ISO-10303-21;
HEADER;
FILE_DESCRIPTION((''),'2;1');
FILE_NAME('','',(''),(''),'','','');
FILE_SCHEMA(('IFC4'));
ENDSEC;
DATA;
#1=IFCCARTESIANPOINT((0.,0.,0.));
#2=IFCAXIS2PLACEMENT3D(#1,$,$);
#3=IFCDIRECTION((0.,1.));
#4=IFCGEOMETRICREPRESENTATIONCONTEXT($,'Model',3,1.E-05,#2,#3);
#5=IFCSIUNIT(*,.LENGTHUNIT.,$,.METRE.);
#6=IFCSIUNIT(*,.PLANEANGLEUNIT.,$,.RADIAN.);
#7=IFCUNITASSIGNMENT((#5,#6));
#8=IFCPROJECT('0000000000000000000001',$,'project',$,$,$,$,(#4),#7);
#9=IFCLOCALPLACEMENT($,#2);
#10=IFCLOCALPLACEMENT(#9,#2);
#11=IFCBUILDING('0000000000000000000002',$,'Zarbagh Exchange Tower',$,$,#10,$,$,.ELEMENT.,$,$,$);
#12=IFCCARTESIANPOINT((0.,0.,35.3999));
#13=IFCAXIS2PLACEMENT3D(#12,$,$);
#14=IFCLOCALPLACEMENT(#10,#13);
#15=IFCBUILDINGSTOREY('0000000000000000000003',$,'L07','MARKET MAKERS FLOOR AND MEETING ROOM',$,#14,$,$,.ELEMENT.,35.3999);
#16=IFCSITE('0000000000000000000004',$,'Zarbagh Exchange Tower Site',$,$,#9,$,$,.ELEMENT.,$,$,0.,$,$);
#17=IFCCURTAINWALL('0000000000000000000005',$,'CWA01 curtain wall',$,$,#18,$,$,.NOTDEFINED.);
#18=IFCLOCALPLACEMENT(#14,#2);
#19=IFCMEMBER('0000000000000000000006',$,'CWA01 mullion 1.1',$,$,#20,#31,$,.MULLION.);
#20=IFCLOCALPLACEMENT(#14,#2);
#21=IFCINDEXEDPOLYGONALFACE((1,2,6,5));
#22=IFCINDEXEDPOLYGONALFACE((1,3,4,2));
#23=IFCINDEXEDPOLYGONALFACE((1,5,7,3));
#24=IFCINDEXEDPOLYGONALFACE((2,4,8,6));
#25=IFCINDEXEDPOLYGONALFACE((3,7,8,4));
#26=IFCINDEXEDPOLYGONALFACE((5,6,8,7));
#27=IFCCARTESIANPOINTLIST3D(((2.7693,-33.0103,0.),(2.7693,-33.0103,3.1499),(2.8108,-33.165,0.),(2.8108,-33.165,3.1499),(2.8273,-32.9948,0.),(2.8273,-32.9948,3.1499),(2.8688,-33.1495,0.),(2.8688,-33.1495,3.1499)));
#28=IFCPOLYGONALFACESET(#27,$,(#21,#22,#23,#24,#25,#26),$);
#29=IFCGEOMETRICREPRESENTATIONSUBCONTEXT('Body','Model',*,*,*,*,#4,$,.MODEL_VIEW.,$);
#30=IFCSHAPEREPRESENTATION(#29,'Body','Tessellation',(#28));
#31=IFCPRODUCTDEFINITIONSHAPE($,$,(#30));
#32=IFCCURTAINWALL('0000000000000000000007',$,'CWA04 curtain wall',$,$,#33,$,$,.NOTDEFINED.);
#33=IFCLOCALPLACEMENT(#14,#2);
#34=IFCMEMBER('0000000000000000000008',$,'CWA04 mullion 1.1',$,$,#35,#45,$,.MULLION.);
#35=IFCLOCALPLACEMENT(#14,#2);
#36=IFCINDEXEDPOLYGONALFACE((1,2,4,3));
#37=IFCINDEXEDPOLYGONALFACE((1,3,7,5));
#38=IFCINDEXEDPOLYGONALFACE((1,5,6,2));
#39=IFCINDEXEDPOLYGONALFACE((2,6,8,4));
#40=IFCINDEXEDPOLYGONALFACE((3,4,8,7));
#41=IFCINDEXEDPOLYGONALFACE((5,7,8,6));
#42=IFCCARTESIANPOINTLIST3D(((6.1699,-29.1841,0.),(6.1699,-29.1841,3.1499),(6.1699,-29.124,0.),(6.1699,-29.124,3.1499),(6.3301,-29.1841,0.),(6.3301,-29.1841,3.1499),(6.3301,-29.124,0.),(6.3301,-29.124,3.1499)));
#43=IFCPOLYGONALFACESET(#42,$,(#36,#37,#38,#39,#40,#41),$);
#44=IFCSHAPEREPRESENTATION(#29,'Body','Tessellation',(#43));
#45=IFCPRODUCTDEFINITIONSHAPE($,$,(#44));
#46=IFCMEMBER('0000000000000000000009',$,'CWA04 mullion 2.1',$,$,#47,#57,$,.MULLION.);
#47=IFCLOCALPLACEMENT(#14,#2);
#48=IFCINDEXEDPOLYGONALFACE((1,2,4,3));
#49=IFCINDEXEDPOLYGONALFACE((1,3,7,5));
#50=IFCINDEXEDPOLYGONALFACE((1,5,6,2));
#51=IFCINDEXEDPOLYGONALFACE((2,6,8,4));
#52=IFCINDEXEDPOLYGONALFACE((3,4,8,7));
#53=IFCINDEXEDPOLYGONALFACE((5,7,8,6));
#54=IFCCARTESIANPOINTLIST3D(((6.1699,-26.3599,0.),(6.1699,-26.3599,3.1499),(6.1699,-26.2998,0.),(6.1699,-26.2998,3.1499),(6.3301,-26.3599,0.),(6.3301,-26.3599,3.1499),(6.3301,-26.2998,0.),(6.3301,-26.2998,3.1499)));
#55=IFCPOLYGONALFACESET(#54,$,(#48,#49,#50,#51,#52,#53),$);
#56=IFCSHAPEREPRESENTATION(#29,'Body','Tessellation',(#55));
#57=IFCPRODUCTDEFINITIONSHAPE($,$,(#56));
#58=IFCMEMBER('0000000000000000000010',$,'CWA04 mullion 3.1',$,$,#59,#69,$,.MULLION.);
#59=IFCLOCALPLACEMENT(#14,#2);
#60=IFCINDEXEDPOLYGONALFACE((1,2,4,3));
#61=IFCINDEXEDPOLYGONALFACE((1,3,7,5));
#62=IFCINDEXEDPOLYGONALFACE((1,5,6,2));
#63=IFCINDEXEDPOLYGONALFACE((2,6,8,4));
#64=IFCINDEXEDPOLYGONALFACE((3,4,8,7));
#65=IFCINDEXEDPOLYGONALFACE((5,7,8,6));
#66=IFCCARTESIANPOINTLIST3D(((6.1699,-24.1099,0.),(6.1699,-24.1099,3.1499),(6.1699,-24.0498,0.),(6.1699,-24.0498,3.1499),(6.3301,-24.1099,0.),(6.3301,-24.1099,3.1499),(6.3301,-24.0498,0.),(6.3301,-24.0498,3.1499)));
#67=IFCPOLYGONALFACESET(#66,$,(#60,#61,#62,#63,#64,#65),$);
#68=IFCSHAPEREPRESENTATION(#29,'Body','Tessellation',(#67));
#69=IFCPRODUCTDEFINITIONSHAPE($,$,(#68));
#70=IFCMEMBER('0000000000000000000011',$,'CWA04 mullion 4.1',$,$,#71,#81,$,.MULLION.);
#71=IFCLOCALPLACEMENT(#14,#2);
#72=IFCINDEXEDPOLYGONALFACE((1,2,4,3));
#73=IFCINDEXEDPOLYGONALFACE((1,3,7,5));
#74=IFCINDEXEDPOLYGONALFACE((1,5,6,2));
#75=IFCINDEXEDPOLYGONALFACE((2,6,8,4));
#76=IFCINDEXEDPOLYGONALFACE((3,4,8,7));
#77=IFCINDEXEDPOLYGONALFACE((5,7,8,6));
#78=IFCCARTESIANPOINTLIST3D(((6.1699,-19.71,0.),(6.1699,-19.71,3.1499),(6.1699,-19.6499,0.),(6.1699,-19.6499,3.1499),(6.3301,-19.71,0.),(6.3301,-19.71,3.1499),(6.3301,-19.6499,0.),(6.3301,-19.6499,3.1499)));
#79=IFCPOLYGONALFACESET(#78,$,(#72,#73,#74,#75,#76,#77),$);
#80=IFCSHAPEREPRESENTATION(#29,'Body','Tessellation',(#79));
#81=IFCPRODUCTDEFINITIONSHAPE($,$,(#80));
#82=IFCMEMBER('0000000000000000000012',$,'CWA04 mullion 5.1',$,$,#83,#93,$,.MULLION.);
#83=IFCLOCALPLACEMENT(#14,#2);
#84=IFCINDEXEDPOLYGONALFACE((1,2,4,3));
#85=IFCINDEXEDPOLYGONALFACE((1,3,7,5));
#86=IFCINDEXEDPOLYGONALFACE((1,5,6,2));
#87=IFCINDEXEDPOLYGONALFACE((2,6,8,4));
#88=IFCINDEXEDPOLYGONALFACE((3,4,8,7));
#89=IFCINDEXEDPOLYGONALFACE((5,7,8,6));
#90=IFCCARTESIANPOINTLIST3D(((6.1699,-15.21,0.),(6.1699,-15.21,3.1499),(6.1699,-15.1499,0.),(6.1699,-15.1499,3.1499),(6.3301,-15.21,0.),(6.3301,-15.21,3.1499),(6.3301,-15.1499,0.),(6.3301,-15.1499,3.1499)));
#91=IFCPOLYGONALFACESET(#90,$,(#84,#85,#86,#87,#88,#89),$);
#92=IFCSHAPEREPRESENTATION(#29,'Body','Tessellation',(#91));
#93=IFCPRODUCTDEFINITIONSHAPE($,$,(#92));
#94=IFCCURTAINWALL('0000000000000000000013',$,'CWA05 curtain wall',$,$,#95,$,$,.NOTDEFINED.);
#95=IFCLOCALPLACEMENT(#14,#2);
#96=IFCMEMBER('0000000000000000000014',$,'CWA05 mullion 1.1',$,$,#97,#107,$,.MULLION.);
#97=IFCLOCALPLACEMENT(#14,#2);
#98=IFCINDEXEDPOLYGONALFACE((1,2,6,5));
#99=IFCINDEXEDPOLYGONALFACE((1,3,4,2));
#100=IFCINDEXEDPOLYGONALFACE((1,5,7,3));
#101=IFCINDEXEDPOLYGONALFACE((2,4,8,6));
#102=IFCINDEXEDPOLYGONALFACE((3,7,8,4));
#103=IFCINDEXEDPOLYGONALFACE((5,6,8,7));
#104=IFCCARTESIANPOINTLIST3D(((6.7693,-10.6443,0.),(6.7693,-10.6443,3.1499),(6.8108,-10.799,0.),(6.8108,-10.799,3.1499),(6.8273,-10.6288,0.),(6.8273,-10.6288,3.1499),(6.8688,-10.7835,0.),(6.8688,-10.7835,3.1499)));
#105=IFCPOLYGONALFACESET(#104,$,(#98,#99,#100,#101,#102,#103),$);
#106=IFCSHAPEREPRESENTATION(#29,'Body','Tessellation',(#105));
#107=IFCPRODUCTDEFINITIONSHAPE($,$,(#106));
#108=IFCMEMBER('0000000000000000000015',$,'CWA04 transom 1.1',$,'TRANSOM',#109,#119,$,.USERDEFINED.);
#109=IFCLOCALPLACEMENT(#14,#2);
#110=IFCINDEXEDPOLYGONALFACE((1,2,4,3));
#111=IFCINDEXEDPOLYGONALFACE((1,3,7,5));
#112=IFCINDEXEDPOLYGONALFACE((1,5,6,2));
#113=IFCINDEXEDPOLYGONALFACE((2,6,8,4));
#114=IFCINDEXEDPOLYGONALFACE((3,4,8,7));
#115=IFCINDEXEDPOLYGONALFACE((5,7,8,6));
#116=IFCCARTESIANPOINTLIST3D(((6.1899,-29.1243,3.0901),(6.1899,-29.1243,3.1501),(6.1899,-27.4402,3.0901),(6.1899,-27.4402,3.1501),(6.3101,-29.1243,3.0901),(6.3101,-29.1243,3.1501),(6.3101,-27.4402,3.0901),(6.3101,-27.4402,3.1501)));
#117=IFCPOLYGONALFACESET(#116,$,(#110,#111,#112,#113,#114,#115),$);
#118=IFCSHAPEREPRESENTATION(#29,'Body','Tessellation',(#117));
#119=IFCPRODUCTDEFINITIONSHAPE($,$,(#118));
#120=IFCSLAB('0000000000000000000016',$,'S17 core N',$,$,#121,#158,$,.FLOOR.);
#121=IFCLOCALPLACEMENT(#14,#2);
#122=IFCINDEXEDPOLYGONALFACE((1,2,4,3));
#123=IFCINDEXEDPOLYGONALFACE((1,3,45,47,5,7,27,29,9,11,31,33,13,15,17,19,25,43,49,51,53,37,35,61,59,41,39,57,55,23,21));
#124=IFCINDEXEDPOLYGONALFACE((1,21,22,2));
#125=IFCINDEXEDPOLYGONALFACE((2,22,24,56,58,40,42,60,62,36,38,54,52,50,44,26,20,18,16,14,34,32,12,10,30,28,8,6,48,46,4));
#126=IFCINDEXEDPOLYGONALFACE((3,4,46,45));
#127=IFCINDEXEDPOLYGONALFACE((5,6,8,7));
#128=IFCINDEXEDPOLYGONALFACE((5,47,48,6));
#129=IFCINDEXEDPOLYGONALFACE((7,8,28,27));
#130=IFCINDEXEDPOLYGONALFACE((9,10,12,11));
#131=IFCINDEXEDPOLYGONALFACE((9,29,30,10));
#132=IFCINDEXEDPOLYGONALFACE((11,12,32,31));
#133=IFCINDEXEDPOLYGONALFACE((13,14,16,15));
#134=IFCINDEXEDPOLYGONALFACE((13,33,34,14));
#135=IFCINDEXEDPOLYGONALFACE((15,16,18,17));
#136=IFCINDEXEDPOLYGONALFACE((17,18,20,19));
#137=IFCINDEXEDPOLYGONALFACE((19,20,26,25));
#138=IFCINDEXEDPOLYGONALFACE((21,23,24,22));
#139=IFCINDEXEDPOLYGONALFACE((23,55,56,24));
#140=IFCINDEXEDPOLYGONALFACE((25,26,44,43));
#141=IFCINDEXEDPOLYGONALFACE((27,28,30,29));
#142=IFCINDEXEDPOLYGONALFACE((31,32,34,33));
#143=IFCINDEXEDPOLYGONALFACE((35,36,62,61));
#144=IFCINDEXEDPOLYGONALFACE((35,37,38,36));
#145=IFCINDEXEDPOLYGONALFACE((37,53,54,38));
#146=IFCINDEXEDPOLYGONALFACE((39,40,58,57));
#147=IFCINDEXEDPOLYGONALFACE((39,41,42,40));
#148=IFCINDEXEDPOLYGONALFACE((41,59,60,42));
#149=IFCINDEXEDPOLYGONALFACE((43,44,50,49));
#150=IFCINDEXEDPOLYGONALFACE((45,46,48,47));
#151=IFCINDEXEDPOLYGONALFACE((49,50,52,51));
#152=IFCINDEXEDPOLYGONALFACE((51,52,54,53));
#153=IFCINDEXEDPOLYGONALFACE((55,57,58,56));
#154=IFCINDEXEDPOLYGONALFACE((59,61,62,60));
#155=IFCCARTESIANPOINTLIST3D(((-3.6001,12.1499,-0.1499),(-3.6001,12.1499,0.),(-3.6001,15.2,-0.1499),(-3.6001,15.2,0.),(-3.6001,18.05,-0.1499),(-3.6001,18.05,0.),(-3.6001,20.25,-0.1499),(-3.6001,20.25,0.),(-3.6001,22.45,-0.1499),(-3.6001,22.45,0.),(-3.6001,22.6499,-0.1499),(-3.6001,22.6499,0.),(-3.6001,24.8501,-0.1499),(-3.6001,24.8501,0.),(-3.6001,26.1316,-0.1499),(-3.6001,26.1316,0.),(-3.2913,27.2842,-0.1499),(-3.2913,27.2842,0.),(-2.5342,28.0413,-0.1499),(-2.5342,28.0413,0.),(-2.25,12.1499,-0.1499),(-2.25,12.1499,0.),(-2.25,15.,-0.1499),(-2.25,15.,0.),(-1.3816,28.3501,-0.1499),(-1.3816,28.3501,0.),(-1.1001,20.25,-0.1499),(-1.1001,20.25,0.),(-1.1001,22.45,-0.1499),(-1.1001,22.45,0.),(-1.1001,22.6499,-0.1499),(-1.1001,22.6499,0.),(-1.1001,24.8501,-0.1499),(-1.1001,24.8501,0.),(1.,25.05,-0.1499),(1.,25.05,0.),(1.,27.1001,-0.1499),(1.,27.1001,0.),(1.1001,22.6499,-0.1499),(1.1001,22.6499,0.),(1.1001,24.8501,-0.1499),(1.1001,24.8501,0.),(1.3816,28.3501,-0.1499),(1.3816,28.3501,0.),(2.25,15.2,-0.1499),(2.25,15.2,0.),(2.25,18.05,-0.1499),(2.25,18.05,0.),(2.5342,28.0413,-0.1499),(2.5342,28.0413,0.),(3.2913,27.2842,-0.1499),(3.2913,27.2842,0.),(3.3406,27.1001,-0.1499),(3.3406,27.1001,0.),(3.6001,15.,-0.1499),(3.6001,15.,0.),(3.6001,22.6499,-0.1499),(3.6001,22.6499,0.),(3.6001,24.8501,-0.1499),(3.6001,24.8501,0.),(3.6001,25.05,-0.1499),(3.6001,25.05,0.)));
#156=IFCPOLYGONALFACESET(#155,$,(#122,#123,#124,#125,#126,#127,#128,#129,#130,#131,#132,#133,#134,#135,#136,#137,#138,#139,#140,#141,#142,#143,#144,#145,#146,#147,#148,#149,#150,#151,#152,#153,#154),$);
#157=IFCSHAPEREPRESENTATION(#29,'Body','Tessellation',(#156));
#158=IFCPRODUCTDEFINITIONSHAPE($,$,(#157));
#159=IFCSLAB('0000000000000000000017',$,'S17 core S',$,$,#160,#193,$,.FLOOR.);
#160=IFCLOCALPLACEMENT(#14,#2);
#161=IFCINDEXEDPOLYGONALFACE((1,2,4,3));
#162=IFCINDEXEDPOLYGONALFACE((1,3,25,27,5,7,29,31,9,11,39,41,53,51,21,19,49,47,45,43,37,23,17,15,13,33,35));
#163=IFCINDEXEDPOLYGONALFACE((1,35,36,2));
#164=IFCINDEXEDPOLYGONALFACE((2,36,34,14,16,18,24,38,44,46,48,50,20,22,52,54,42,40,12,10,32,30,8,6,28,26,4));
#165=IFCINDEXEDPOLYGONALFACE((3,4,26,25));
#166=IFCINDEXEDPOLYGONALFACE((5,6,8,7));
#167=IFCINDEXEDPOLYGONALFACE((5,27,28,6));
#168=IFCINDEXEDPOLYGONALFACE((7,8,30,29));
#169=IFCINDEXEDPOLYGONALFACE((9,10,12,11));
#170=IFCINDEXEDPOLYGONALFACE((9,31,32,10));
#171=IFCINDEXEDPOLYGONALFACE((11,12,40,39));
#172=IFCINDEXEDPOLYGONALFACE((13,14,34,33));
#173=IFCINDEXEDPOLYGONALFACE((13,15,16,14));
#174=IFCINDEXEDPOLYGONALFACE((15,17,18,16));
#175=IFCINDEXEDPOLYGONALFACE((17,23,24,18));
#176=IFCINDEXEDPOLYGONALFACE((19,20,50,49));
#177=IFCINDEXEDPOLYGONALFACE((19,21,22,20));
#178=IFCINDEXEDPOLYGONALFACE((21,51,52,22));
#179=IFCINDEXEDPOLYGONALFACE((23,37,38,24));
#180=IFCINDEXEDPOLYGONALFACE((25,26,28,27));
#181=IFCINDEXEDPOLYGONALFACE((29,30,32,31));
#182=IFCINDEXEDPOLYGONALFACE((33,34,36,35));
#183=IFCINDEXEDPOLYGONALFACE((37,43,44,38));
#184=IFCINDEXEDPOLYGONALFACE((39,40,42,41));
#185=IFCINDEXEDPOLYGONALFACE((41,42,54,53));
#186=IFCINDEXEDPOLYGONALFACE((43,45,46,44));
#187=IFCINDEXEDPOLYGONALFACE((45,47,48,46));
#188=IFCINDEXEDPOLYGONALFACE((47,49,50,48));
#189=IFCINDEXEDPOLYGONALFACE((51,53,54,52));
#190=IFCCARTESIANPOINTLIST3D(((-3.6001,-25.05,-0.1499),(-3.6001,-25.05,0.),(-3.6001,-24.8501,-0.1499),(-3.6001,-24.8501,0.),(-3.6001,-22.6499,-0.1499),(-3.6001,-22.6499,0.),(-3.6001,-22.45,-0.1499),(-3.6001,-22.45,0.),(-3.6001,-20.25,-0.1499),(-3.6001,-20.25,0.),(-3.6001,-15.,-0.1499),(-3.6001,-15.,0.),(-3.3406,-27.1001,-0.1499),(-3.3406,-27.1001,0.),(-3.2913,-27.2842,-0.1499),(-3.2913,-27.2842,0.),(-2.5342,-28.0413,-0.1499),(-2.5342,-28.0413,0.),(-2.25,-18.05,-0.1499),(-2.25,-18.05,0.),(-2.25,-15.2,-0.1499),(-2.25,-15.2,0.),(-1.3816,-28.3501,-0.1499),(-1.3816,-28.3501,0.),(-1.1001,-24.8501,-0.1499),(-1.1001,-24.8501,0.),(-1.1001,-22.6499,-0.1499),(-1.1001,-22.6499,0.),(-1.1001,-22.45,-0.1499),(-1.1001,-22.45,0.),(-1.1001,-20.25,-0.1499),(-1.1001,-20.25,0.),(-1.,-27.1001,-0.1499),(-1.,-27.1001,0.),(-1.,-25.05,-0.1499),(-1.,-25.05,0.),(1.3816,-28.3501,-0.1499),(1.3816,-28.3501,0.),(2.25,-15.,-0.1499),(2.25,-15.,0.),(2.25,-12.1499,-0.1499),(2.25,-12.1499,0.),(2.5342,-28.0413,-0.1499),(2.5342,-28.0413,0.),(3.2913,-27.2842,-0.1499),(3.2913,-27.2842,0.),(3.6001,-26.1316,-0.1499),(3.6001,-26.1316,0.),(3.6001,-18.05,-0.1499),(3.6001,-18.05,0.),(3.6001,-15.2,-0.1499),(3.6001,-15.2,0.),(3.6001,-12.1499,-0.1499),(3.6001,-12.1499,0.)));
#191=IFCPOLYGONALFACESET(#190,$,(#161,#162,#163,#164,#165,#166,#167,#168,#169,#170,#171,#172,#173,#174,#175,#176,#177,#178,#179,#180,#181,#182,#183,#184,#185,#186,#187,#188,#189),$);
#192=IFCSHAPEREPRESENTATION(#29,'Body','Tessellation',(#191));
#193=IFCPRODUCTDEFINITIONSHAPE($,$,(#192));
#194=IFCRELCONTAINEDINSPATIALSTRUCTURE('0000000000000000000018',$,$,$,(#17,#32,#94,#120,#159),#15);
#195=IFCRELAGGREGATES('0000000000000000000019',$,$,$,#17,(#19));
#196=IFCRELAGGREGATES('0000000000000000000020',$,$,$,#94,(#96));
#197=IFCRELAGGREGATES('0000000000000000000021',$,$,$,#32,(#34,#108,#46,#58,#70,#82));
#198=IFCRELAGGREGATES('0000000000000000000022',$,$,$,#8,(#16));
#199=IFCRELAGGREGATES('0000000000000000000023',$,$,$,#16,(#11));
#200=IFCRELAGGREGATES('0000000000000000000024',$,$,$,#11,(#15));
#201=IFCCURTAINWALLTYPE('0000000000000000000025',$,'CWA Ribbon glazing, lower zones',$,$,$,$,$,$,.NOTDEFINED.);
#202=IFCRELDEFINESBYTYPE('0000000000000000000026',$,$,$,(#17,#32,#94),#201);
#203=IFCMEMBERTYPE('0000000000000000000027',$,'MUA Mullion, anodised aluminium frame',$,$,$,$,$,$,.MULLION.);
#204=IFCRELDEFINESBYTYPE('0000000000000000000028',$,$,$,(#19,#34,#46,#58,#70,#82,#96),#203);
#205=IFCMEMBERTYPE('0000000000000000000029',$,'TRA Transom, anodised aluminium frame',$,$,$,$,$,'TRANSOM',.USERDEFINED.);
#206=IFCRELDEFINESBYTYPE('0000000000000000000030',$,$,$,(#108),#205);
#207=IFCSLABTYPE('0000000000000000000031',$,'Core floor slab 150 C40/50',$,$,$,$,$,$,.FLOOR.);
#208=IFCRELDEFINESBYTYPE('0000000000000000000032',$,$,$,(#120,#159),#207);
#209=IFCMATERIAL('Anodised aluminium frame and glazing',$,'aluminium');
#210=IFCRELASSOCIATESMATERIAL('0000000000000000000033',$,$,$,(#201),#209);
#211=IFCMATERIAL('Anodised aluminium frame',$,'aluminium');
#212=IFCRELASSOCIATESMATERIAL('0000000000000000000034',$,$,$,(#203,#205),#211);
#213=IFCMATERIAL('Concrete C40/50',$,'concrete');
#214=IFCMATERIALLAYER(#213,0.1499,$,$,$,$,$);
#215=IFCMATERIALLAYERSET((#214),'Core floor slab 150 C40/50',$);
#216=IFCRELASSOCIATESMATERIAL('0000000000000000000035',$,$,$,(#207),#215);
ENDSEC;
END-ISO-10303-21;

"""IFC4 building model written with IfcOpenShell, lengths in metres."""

from ifc_helpers import new_model, si_unit, direction, frame, origin, place, context, subcontext, project, spatial, polyline, outline, extrude, source, transform, mapped, material, layer, layer_set, type_object, element, aggregate, save


model = new_model("IFC4")

# Units and contexts
model_context = context("Model", 3, precision=1e-05, world=origin(), true_north=direction((0.0, 1.0)))
body_context = subcontext(model_context, "Body", "Model", "MODEL_VIEW")
ifc_project = project(units=[si_unit("LENGTHUNIT", "METRE"), si_unit("PLANEANGLEUNIT", "RADIAN")], contexts=[model_context])

# Site, building, storey
site_placement = place(None, origin())
site = spatial("IfcSite", under=ifc_project, at=site_placement, Name="Zarbagh Exchange Tower Site", CompositionType="ELEMENT", RefElevation=0.0)
building_placement = place(site_placement, origin())
building = spatial("IfcBuilding", under=site, at=building_placement, Name="Zarbagh Exchange Tower", CompositionType="ELEMENT")
storey_placement = place(building_placement, frame((0.0, 0.0, 35.3999)))
storey = spatial("IfcBuildingStorey", under=building, at=storey_placement, Name="L07", Description="MARKET MAKERS FLOOR AND MEETING ROOM", CompositionType="ELEMENT", Elevation=35.3999)

# Curtain wall, member
ifc_material_1 = material(Name="Anodised aluminium frame and glazing", Category="aluminium")
curtain_wall_type = type_object("IfcCurtainWallType", Name="CWA Ribbon glazing, lower zones", PredefinedType="NOTDEFINED", material=ifc_material_1)
curtain_wall_1_placement = place(storey_placement, origin())
curtain_wall_1 = element("IfcCurtainWall", 1, at=curtain_wall_1_placement, inside=storey, type_object=curtain_wall_type, Name="CWA01 curtain wall", PredefinedType="NOTDEFINED")
ifc_material_2 = material(Name="Anodised aluminium frame", Category="aluminium")
member_type_1 = type_object("IfcMemberType", Name="MUA Mullion, anodised aluminium frame", PredefinedType="MULLION", material=ifc_material_2)
shared_shape_1 = source(origin(), body_context, "Body", "SweptSolid", [
    extrude(outline(polyline([(0.0, -0.0801), (0.0601, -0.0801), (0.0601, 0.0801), (0.0, 0.0801), (0.0, -0.0801)])), origin(), (0.0, 0.0, 1.0), 3.1499),
])
placement = place(storey_placement, origin())
member_1 = element("IfcMember", 2, at=placement, type_object=member_type_1, Name="CWA01 mullion 1.1", PredefinedType="MULLION", context=body_context, shape_type="MappedRepresentation", body=[
    mapped(shared_shape_1, transform((2.79, -33.0876, 0.0), x_axis=(0.965924, 0.258825, 0.0), y_axis=(-0.258825, 0.965924, 0.0), z_axis=(0.0, 0.0, 1.0))),
])

# Curtain wall, members
curtain_wall_2_placement = place(storey_placement, origin())
curtain_wall_2 = element("IfcCurtainWall", 3, at=curtain_wall_2_placement, inside=storey, type_object=curtain_wall_type, Name="CWA04 curtain wall", PredefinedType="NOTDEFINED")
member_2 = element("IfcMember", 4, at=placement, type_object=member_type_1, Name="CWA04 mullion 1.1", PredefinedType="MULLION", context=body_context, shape_type="MappedRepresentation", body=[
    mapped(shared_shape_1, transform((6.25, -29.1841, 0.0), x_axis=(0.0, 1.0, 0.0), y_axis=(-1.0, 0.0, 0.0), z_axis=(0.0, 0.0, 1.0))),
])
member_3 = element("IfcMember", 5, at=placement, type_object=member_type_1, Name="CWA04 mullion 2.1", PredefinedType="MULLION", context=body_context, shape_type="MappedRepresentation", body=[
    mapped(shared_shape_1, transform((6.25, -26.3599, 0.0), x_axis=(0.0, 1.0, 0.0), y_axis=(-1.0, 0.0, 0.0), z_axis=(0.0, 0.0, 1.0))),
])
member_4 = element("IfcMember", 6, at=placement, type_object=member_type_1, Name="CWA04 mullion 3.1", PredefinedType="MULLION", context=body_context, shape_type="MappedRepresentation", body=[
    mapped(shared_shape_1, transform((6.25, -24.1099, 0.0), x_axis=(0.0, 1.0, 0.0), y_axis=(-1.0, 0.0, 0.0), z_axis=(0.0, 0.0, 1.0))),
])
member_5 = element("IfcMember", 7, at=placement, type_object=member_type_1, Name="CWA04 mullion 4.1", PredefinedType="MULLION", context=body_context, shape_type="MappedRepresentation", body=[
    mapped(shared_shape_1, transform((6.25, -19.71, 0.0), x_axis=(0.0, 1.0, 0.0), y_axis=(-1.0, 0.0, 0.0), z_axis=(0.0, 0.0, 1.0))),
])
member_6 = element("IfcMember", 8, at=placement, type_object=member_type_1, Name="CWA04 mullion 5.1", PredefinedType="MULLION", context=body_context, shape_type="MappedRepresentation", body=[
    mapped(shared_shape_1, transform((6.25, -15.21, 0.0), x_axis=(0.0, 1.0, 0.0), y_axis=(-1.0, 0.0, 0.0), z_axis=(0.0, 0.0, 1.0))),
])

# Curtain wall, member
curtain_wall_3_placement = place(storey_placement, origin())
curtain_wall_3 = element("IfcCurtainWall", 9, at=curtain_wall_3_placement, inside=storey, type_object=curtain_wall_type, Name="CWA05 curtain wall", PredefinedType="NOTDEFINED")
member_7 = element("IfcMember", 10, at=placement, type_object=member_type_1, Name="CWA05 mullion 1.1", PredefinedType="MULLION", context=body_context, shape_type="MappedRepresentation", body=[
    mapped(shared_shape_1, transform((6.79, -10.7217, 0.0), x_axis=(0.965924, 0.258825, 0.0), y_axis=(-0.258825, 0.965924, 0.0), z_axis=(0.0, 0.0, 1.0))),
])

# Member
member_type_2 = type_object("IfcMemberType", Name="TRA Transom, anodised aluminium frame", ElementType="TRANSOM", PredefinedType="USERDEFINED", material=ifc_material_2)
shared_shape_2 = source(origin(), body_context, "Body", "SweptSolid", [
    extrude(outline(polyline([(-0.0601, -0.0601), (0.0, -0.0601), (0.0, 0.0601), (-0.0601, 0.0601), (-0.0601, -0.0601)])), origin(), (0.0, 0.0, 1.0), 1.6841),
])
member_8 = element("IfcMember", 11, at=placement, type_object=member_type_2, Name="CWA04 transom 1.1", ObjectType="TRANSOM", PredefinedType="USERDEFINED", context=body_context, shape_type="MappedRepresentation", body=[
    mapped(shared_shape_2, transform((6.25, -29.1243, 3.1501), x_axis=(0.0, 0.0, 1.0), y_axis=(1.0, 0.0, 0.0), z_axis=(0.0, 1.0, 0.0))),
])

# Slabs
ifc_material_3 = material(Name="Concrete C40/50", Category="concrete")
ifc_layer_1 = layer(ifc_material_3, 0.1499)
ifc_layer_set_1 = layer_set([ifc_layer_1], Name="Core floor slab 150 C40/50")
slab_type = type_object("IfcSlabType", Name="Core floor slab 150 C40/50", PredefinedType="FLOOR", material=ifc_layer_set_1)
slab_1_placement = place(storey_placement, frame((0.0, 0.0, -0.1499)))
element("IfcSlab", 12, at=slab_1_placement, inside=storey, type_object=slab_type, Name="S17 core N", PredefinedType="FLOOR", context=body_context, shape_type="SweptSolid", body=[
    extrude(outline(polyline([(-3.6001, 12.1499), (-3.6001, 15.2), (2.25, 15.2), (2.25, 18.05), (-3.6001, 18.05), (-3.6001, 20.25), (-1.1001, 20.25), (-1.1001, 22.45), (-3.6001, 22.45), (-3.6001, 22.6499), (-1.1001, 22.6499), (-1.1001, 24.8501), (-3.6001, 24.8501), (-3.6001, 26.1316), (-3.2913, 27.2842), (-2.5342, 28.0413), (-1.3816, 28.3501), (1.3816, 28.3501), (2.5342, 28.0413), (3.2913, 27.2842), (3.3406, 27.1001), (1.0, 27.1001), (1.0, 25.05), (3.6001, 25.05), (3.6001, 24.8501), (1.1001, 24.8501), (1.1001, 22.6499), (3.6001, 22.6499), (3.6001, 15.0), (-2.25, 15.0), (-2.25, 12.1499), (-3.6001, 12.1499)])), origin(), (0.0, 0.0, 1.0), 0.1499),
])
slab_2_placement = place(storey_placement, frame((0.0, 0.0, -0.1499)))
element("IfcSlab", 13, at=slab_2_placement, inside=storey, type_object=slab_type, Name="S17 core S", PredefinedType="FLOOR", context=body_context, shape_type="SweptSolid", body=[
    extrude(outline(polyline([(-2.5342, -28.0413), (-3.2913, -27.2842), (-3.3406, -27.1001), (-1.0, -27.1001), (-1.0, -25.05), (-3.6001, -25.05), (-3.6001, -24.8501), (-1.1001, -24.8501), (-1.1001, -22.6499), (-3.6001, -22.6499), (-3.6001, -22.45), (-1.1001, -22.45), (-1.1001, -20.25), (-3.6001, -20.25), (-3.6001, -15.0), (2.25, -15.0), (2.25, -12.1499), (3.6001, -12.1499), (3.6001, -15.2), (-2.25, -15.2), (-2.25, -18.05), (3.6001, -18.05), (3.6001, -26.1316), (3.2913, -27.2842), (2.5342, -28.0413), (1.3816, -28.3501), (-1.3816, -28.3501), (-2.5342, -28.0413)])), origin(), (0.0, 0.0, 1.0), 0.1499),
])

aggregate(curtain_wall_1, [member_1])

aggregate(curtain_wall_3, [member_7])
aggregate(curtain_wall_2, [member_2, member_8, member_3, member_4, member_5, member_6])

save(model, "model.ifc")
